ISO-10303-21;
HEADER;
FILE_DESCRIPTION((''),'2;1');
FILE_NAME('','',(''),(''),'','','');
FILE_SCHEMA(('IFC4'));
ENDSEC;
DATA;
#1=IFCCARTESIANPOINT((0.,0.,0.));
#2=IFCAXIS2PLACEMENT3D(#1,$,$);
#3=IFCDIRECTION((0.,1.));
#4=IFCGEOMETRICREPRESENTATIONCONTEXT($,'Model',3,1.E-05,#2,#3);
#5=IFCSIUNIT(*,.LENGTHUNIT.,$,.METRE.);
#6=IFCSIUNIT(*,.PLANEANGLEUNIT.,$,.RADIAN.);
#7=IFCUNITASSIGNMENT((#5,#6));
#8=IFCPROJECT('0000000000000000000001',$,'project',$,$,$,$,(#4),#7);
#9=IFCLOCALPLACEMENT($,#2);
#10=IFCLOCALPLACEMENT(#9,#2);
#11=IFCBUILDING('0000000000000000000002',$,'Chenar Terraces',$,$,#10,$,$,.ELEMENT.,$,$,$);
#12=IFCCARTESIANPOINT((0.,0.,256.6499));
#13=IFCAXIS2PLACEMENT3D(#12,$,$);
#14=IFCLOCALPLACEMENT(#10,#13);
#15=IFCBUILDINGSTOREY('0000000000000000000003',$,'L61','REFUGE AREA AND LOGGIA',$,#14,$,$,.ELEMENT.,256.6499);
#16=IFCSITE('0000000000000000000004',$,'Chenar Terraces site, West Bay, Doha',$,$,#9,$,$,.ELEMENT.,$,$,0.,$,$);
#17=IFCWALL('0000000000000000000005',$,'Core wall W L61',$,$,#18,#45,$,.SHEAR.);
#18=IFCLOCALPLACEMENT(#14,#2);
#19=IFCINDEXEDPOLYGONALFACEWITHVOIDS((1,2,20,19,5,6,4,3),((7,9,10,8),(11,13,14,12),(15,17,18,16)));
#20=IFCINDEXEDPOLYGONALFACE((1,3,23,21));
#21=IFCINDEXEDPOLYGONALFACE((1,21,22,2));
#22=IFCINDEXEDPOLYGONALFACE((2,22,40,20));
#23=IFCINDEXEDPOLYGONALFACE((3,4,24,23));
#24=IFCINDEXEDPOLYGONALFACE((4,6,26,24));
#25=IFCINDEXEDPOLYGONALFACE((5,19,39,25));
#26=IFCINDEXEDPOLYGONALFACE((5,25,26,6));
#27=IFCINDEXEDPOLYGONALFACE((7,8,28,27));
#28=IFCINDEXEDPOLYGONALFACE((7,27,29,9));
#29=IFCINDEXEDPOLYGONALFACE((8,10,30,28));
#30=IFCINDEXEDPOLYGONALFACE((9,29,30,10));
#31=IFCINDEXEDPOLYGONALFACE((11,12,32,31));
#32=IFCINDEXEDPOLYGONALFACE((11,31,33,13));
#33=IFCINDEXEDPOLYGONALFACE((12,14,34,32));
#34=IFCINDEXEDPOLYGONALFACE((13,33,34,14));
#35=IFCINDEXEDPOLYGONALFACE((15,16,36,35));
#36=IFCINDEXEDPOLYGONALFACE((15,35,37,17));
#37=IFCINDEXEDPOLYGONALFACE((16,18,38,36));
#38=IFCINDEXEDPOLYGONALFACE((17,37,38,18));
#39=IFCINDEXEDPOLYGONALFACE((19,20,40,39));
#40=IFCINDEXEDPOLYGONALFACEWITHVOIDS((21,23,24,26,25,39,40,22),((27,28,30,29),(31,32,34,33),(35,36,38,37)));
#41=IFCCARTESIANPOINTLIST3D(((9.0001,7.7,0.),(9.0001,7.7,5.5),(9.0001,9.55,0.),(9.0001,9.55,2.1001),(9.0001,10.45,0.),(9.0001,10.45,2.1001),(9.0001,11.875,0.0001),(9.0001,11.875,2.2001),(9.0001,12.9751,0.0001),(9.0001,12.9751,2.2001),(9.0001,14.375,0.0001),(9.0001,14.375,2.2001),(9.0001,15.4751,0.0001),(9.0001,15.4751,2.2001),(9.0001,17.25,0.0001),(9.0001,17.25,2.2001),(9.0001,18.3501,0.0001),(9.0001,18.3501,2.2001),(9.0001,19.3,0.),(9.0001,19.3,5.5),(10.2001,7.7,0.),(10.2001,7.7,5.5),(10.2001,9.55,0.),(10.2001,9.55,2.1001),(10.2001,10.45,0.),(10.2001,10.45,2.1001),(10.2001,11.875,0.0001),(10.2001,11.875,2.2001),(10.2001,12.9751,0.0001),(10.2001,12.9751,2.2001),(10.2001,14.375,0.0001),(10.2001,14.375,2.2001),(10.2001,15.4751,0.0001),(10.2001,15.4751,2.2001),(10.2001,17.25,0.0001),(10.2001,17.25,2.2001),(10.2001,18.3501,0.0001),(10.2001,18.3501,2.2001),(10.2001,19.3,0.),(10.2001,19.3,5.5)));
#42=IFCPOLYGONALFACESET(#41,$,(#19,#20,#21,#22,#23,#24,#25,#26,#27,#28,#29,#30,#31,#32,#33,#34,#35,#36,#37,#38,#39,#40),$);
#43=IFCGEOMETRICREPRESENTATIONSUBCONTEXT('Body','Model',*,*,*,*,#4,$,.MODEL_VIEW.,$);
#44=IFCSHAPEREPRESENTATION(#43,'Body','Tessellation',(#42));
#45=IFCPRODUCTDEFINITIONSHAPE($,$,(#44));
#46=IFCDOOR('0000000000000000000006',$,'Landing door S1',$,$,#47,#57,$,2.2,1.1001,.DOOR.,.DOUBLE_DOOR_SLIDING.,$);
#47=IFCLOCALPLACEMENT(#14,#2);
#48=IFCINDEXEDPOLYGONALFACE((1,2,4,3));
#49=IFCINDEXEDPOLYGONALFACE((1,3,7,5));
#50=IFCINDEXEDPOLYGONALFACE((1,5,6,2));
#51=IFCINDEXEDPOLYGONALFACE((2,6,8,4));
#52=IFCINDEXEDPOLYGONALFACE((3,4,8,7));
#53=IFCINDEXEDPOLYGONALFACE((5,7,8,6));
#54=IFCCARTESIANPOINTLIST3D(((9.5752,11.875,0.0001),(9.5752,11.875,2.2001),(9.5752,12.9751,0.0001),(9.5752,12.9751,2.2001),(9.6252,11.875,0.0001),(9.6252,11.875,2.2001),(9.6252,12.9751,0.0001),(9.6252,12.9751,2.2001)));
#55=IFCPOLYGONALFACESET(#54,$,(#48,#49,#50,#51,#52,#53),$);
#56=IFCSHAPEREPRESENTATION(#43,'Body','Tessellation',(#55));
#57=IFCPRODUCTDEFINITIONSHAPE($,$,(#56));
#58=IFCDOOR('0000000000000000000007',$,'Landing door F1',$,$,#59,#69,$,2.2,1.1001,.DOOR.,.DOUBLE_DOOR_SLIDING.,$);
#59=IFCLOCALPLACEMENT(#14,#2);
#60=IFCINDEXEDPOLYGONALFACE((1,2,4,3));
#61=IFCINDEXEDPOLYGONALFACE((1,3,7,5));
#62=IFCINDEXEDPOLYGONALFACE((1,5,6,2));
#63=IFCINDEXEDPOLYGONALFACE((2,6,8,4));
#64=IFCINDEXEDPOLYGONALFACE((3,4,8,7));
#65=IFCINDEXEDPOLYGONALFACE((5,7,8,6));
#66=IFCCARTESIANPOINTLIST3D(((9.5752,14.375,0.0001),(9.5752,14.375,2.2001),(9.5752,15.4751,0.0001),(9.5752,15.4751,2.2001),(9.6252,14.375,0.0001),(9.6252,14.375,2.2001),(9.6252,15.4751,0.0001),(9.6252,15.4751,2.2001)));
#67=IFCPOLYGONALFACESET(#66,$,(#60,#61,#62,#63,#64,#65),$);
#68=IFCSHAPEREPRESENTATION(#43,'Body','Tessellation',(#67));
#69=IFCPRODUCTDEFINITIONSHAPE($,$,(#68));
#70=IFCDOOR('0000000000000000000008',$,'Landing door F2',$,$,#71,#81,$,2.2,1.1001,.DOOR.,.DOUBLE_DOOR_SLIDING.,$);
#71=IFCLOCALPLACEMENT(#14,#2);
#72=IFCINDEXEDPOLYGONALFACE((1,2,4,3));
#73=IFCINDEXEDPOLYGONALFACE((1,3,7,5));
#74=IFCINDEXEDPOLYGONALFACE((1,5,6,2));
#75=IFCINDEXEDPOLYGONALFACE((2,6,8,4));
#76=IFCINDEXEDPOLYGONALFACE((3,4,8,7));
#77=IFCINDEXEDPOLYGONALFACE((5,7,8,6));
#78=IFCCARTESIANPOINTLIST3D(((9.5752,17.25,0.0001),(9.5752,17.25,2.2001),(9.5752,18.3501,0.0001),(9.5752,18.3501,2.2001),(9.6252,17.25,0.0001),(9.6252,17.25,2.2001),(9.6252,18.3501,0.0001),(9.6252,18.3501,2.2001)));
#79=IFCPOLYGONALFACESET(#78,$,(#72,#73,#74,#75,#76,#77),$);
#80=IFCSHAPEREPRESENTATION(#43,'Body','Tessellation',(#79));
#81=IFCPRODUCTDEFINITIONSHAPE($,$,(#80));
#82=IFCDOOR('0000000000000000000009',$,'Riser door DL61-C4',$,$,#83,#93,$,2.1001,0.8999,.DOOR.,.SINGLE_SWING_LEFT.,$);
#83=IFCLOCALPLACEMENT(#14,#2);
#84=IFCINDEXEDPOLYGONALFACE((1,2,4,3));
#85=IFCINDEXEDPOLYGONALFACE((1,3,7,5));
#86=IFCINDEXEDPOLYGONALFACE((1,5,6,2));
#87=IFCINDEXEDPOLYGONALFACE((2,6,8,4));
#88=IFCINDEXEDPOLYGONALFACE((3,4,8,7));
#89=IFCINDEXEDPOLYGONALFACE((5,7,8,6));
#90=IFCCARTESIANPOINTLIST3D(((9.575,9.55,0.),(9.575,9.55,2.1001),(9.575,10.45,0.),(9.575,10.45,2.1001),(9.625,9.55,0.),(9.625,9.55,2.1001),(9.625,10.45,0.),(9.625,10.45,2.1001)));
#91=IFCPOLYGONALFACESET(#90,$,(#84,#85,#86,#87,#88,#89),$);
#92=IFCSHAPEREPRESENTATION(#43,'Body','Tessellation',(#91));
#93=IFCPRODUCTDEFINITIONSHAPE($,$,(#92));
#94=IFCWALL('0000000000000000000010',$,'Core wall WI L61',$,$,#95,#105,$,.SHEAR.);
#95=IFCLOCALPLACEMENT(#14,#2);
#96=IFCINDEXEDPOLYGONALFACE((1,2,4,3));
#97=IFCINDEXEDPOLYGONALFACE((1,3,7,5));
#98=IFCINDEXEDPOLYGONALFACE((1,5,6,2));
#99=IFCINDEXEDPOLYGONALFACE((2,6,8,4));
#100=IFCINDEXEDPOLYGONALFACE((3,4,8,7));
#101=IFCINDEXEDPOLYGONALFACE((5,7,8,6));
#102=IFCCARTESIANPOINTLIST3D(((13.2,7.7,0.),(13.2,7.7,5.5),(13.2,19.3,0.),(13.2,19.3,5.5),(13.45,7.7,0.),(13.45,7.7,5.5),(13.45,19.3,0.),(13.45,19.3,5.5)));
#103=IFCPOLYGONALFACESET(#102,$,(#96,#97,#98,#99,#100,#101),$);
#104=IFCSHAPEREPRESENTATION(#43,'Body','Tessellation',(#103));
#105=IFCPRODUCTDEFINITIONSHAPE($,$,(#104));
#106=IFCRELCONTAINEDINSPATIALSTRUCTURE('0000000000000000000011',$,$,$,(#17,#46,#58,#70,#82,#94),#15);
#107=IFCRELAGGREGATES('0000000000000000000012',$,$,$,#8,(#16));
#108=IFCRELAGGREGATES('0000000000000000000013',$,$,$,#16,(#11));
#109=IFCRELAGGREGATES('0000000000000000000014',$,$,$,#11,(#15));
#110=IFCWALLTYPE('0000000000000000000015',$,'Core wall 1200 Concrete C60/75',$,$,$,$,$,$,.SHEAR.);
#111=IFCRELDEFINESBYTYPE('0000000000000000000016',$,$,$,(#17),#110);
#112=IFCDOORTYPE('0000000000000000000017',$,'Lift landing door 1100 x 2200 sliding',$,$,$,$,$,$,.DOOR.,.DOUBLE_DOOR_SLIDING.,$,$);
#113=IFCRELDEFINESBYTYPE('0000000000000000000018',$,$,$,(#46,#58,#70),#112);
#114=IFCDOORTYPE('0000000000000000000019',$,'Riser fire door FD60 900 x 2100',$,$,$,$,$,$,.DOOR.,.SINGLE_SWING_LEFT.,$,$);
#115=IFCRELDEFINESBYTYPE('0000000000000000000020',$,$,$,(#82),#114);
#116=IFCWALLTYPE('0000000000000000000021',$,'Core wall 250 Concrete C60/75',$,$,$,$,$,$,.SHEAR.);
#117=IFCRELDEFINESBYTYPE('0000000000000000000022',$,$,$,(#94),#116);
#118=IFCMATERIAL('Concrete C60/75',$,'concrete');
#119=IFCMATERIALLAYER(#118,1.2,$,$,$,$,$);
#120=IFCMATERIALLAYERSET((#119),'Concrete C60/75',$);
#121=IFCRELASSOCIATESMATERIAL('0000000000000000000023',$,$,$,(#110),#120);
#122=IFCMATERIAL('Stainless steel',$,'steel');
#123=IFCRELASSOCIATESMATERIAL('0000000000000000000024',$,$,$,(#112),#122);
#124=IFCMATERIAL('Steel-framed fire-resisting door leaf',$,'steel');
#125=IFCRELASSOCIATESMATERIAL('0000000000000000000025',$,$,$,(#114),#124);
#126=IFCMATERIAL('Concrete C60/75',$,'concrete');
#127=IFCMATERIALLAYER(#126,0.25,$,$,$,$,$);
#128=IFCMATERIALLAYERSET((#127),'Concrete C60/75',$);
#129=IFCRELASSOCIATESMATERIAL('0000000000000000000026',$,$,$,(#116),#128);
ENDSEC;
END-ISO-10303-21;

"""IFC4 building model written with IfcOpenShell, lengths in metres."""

from ifc_helpers import new_model, si_unit, direction, frame, frame_2d, origin, place, context, subcontext, project, spatial, rectangle, extrude, material, layer, layer_set, type_object, element, fill, save


model = new_model("IFC4")

# Units and contexts
model_context = context("Model", 3, precision=1e-05, world=origin(), true_north=direction((0.0, 1.0)))
body_context = subcontext(model_context, "Body", "Model", "MODEL_VIEW")
ifc_project = project(units=[si_unit("LENGTHUNIT", "METRE"), si_unit("PLANEANGLEUNIT", "RADIAN")], contexts=[model_context])

# Site, building, storey
site_placement = place(None, origin())
site = spatial("IfcSite", under=ifc_project, at=site_placement, Name="Chenar Terraces site, West Bay, Doha", CompositionType="ELEMENT", RefElevation=0.0)
building_placement = place(site_placement, origin())
building = spatial("IfcBuilding", under=site, at=building_placement, Name="Chenar Terraces", CompositionType="ELEMENT")
storey_placement = place(building_placement, frame((0.0, 0.0, 256.6499)))
storey = spatial("IfcBuildingStorey", under=building, at=storey_placement, Name="L61", Description="REFUGE AREA AND LOGGIA", CompositionType="ELEMENT", Elevation=256.6499)

# Wall, openings, doors
ifc_material_1 = material(Name="Concrete C60/75", Category="concrete")
ifc_layer_1 = layer(ifc_material_1, 1.2)
ifc_layer_set_1 = layer_set([ifc_layer_1], Name="Concrete C60/75")
wall_type_1 = type_object("IfcWallType", Name="Core wall 1200 Concrete C60/75", PredefinedType="SHEAR", material=ifc_layer_set_1)
wall_1_placement = place(storey_placement, frame((9.6001, 7.7, 0.0), z_axis=(0.0, 0.0, 1.0), x_axis=(0.0, 1.0, 0.0)))
wall_1 = element("IfcWall", 1, at=wall_1_placement, inside=storey, type_object=wall_type_1, Name="Core wall W L61", PredefinedType="SHEAR", context=body_context, shape_type="SweptSolid", body=[
    extrude(rectangle(XDim=11.6001, YDim=1.2, at=frame_2d((5.8, 0.0))), origin(), (0.0, 0.0, 1.0), 5.5),
])
opening_1_placement = place(wall_1_placement, frame((4.175, 0.0, 0.0)))
opening_1 = element("IfcOpeningElement", 2, at=opening_1_placement, cuts=wall_1, PredefinedType="OPENING", context=body_context, shape_type="SweptSolid", body=[
    extrude(rectangle(XDim=1.1001, YDim=2.2, at=frame_2d((0.55, 1.1001))), frame((0.0, 0.6099, 0.0), z_axis=(0.0, -1.0, 0.0), x_axis=(1.0, 0.0, 0.0)), (0.0, 0.0, 1.0), 1.22),
])
opening_2_placement = place(wall_1_placement, frame((6.675, 0.0, 0.0)))
opening_2 = element("IfcOpeningElement", 3, at=opening_2_placement, cuts=wall_1, PredefinedType="OPENING", context=body_context, shape_type="SweptSolid", body=[
    extrude(rectangle(XDim=1.1001, YDim=2.2, at=frame_2d((0.55, 1.1001))), frame((0.0, 0.6099, 0.0), z_axis=(0.0, -1.0, 0.0), x_axis=(1.0, 0.0, 0.0)), (0.0, 0.0, 1.0), 1.22),
])
opening_3_placement = place(wall_1_placement, frame((9.55, 0.0, 0.0)))
opening_3 = element("IfcOpeningElement", 4, at=opening_3_placement, cuts=wall_1, PredefinedType="OPENING", context=body_context, shape_type="SweptSolid", body=[
    extrude(rectangle(XDim=1.1001, YDim=2.2, at=frame_2d((0.55, 1.1001))), frame((0.0, 0.6099, 0.0), z_axis=(0.0, -1.0, 0.0), x_axis=(1.0, 0.0, 0.0)), (0.0, 0.0, 1.0), 1.22),
])
opening_4_placement = place(wall_1_placement, frame((1.8501, 0.0, 0.0)))
opening_4 = element("IfcOpeningElement", 5, at=opening_4_placement, cuts=wall_1, PredefinedType="OPENING", context=body_context, shape_type="SweptSolid", body=[
    extrude(rectangle(XDim=0.8999, YDim=2.1001, at=frame_2d((0.45, 1.05))), frame((0.0, 0.6099, 0.0), z_axis=(0.0, -1.0, 0.0), x_axis=(1.0, 0.0, 0.0)), (0.0, 0.0, 1.0), 1.22),
])
ifc_material_2 = material(Name="Stainless steel", Category="steel")
door_type_1 = type_object("IfcDoorType", Name="Lift landing door 1100 x 2200 sliding", OperationType="DOUBLE_DOOR_SLIDING", PredefinedType="DOOR", material=ifc_material_2)
door_1_placement = place(opening_1_placement, origin())
door_1 = element("IfcDoor", 6, at=door_1_placement, inside=storey, type_object=door_type_1, Name="Landing door S1", OperationType="DOUBLE_DOOR_SLIDING", OverallHeight=2.2, OverallWidth=1.1001, PredefinedType="DOOR", context=body_context, shape_type="SweptSolid", body=[
    extrude(rectangle(XDim=1.1001, YDim=2.2, at=frame_2d((0.55, 1.1001))), frame((0.0, 0.0249, 0.0), z_axis=(0.0, -1.0, 0.0), x_axis=(1.0, 0.0, 0.0)), (0.0, 0.0, 1.0), 0.05),
])
fill(opening_1, door_1)
door_2_placement = place(opening_2_placement, origin())
door_2 = element("IfcDoor", 7, at=door_2_placement, inside=storey, type_object=door_type_1, Name="Landing door F1", OperationType="DOUBLE_DOOR_SLIDING", OverallHeight=2.2, OverallWidth=1.1001, PredefinedType="DOOR", context=body_context, shape_type="SweptSolid", body=[
    extrude(rectangle(XDim=1.1001, YDim=2.2, at=frame_2d((0.55, 1.1001))), frame((0.0, 0.0249, 0.0), z_axis=(0.0, -1.0, 0.0), x_axis=(1.0, 0.0, 0.0)), (0.0, 0.0, 1.0), 0.05),
])
fill(opening_2, door_2)
door_3_placement = place(opening_3_placement, origin())
door_3 = element("IfcDoor", 8, at=door_3_placement, inside=storey, type_object=door_type_1, Name="Landing door F2", OperationType="DOUBLE_DOOR_SLIDING", OverallHeight=2.2, OverallWidth=1.1001, PredefinedType="DOOR", context=body_context, shape_type="SweptSolid", body=[
    extrude(rectangle(XDim=1.1001, YDim=2.2, at=frame_2d((0.55, 1.1001))), frame((0.0, 0.0249, 0.0), z_axis=(0.0, -1.0, 0.0), x_axis=(1.0, 0.0, 0.0)), (0.0, 0.0, 1.0), 0.05),
])
fill(opening_3, door_3)
ifc_material_3 = material(Name="Steel-framed fire-resisting door leaf", Category="steel")
door_type_2 = type_object("IfcDoorType", Name="Riser fire door FD60 900 x 2100", OperationType="SINGLE_SWING_LEFT", PredefinedType="DOOR", material=ifc_material_3)
door_4_placement = place(opening_4_placement, frame((0.8999, 0.0, 0.0), z_axis=(0.0, 0.0, 1.0), x_axis=(-1.0, 0.0, 0.0)))
door_4 = element("IfcDoor", 9, at=door_4_placement, inside=storey, type_object=door_type_2, Name="Riser door DL61-C4", OperationType="SINGLE_SWING_LEFT", OverallHeight=2.1001, OverallWidth=0.8999, PredefinedType="DOOR", context=body_context, shape_type="SweptSolid", body=[
    extrude(rectangle(XDim=0.8999, YDim=2.1001, at=frame_2d((0.45, 1.05))), frame((0.0, 0.0249, 0.0), z_axis=(0.0, -1.0, 0.0), x_axis=(1.0, 0.0, 0.0)), (0.0, 0.0, 1.0), 0.05),
])
fill(opening_4, door_4)

# Wall
ifc_material_4 = material(Name="Concrete C60/75", Category="concrete")
ifc_layer_2 = layer(ifc_material_4, 0.25)
ifc_layer_set_2 = layer_set([ifc_layer_2], Name="Concrete C60/75")
wall_type_2 = type_object("IfcWallType", Name="Core wall 250 Concrete C60/75", PredefinedType="SHEAR", material=ifc_layer_set_2)
wall_2_placement = place(storey_placement, frame((13.325, 7.7, 0.0), z_axis=(0.0, 0.0, 1.0), x_axis=(0.0, 1.0, 0.0)))
element("IfcWall", 10, at=wall_2_placement, inside=storey, type_object=wall_type_2, Name="Core wall WI L61", PredefinedType="SHEAR", context=body_context, shape_type="SweptSolid", body=[
    extrude(rectangle(XDim=11.6001, YDim=0.25, at=frame_2d((5.8, 0.0))), origin(), (0.0, 0.0, 1.0), 5.5),
])

save(model, "model.ifc")
